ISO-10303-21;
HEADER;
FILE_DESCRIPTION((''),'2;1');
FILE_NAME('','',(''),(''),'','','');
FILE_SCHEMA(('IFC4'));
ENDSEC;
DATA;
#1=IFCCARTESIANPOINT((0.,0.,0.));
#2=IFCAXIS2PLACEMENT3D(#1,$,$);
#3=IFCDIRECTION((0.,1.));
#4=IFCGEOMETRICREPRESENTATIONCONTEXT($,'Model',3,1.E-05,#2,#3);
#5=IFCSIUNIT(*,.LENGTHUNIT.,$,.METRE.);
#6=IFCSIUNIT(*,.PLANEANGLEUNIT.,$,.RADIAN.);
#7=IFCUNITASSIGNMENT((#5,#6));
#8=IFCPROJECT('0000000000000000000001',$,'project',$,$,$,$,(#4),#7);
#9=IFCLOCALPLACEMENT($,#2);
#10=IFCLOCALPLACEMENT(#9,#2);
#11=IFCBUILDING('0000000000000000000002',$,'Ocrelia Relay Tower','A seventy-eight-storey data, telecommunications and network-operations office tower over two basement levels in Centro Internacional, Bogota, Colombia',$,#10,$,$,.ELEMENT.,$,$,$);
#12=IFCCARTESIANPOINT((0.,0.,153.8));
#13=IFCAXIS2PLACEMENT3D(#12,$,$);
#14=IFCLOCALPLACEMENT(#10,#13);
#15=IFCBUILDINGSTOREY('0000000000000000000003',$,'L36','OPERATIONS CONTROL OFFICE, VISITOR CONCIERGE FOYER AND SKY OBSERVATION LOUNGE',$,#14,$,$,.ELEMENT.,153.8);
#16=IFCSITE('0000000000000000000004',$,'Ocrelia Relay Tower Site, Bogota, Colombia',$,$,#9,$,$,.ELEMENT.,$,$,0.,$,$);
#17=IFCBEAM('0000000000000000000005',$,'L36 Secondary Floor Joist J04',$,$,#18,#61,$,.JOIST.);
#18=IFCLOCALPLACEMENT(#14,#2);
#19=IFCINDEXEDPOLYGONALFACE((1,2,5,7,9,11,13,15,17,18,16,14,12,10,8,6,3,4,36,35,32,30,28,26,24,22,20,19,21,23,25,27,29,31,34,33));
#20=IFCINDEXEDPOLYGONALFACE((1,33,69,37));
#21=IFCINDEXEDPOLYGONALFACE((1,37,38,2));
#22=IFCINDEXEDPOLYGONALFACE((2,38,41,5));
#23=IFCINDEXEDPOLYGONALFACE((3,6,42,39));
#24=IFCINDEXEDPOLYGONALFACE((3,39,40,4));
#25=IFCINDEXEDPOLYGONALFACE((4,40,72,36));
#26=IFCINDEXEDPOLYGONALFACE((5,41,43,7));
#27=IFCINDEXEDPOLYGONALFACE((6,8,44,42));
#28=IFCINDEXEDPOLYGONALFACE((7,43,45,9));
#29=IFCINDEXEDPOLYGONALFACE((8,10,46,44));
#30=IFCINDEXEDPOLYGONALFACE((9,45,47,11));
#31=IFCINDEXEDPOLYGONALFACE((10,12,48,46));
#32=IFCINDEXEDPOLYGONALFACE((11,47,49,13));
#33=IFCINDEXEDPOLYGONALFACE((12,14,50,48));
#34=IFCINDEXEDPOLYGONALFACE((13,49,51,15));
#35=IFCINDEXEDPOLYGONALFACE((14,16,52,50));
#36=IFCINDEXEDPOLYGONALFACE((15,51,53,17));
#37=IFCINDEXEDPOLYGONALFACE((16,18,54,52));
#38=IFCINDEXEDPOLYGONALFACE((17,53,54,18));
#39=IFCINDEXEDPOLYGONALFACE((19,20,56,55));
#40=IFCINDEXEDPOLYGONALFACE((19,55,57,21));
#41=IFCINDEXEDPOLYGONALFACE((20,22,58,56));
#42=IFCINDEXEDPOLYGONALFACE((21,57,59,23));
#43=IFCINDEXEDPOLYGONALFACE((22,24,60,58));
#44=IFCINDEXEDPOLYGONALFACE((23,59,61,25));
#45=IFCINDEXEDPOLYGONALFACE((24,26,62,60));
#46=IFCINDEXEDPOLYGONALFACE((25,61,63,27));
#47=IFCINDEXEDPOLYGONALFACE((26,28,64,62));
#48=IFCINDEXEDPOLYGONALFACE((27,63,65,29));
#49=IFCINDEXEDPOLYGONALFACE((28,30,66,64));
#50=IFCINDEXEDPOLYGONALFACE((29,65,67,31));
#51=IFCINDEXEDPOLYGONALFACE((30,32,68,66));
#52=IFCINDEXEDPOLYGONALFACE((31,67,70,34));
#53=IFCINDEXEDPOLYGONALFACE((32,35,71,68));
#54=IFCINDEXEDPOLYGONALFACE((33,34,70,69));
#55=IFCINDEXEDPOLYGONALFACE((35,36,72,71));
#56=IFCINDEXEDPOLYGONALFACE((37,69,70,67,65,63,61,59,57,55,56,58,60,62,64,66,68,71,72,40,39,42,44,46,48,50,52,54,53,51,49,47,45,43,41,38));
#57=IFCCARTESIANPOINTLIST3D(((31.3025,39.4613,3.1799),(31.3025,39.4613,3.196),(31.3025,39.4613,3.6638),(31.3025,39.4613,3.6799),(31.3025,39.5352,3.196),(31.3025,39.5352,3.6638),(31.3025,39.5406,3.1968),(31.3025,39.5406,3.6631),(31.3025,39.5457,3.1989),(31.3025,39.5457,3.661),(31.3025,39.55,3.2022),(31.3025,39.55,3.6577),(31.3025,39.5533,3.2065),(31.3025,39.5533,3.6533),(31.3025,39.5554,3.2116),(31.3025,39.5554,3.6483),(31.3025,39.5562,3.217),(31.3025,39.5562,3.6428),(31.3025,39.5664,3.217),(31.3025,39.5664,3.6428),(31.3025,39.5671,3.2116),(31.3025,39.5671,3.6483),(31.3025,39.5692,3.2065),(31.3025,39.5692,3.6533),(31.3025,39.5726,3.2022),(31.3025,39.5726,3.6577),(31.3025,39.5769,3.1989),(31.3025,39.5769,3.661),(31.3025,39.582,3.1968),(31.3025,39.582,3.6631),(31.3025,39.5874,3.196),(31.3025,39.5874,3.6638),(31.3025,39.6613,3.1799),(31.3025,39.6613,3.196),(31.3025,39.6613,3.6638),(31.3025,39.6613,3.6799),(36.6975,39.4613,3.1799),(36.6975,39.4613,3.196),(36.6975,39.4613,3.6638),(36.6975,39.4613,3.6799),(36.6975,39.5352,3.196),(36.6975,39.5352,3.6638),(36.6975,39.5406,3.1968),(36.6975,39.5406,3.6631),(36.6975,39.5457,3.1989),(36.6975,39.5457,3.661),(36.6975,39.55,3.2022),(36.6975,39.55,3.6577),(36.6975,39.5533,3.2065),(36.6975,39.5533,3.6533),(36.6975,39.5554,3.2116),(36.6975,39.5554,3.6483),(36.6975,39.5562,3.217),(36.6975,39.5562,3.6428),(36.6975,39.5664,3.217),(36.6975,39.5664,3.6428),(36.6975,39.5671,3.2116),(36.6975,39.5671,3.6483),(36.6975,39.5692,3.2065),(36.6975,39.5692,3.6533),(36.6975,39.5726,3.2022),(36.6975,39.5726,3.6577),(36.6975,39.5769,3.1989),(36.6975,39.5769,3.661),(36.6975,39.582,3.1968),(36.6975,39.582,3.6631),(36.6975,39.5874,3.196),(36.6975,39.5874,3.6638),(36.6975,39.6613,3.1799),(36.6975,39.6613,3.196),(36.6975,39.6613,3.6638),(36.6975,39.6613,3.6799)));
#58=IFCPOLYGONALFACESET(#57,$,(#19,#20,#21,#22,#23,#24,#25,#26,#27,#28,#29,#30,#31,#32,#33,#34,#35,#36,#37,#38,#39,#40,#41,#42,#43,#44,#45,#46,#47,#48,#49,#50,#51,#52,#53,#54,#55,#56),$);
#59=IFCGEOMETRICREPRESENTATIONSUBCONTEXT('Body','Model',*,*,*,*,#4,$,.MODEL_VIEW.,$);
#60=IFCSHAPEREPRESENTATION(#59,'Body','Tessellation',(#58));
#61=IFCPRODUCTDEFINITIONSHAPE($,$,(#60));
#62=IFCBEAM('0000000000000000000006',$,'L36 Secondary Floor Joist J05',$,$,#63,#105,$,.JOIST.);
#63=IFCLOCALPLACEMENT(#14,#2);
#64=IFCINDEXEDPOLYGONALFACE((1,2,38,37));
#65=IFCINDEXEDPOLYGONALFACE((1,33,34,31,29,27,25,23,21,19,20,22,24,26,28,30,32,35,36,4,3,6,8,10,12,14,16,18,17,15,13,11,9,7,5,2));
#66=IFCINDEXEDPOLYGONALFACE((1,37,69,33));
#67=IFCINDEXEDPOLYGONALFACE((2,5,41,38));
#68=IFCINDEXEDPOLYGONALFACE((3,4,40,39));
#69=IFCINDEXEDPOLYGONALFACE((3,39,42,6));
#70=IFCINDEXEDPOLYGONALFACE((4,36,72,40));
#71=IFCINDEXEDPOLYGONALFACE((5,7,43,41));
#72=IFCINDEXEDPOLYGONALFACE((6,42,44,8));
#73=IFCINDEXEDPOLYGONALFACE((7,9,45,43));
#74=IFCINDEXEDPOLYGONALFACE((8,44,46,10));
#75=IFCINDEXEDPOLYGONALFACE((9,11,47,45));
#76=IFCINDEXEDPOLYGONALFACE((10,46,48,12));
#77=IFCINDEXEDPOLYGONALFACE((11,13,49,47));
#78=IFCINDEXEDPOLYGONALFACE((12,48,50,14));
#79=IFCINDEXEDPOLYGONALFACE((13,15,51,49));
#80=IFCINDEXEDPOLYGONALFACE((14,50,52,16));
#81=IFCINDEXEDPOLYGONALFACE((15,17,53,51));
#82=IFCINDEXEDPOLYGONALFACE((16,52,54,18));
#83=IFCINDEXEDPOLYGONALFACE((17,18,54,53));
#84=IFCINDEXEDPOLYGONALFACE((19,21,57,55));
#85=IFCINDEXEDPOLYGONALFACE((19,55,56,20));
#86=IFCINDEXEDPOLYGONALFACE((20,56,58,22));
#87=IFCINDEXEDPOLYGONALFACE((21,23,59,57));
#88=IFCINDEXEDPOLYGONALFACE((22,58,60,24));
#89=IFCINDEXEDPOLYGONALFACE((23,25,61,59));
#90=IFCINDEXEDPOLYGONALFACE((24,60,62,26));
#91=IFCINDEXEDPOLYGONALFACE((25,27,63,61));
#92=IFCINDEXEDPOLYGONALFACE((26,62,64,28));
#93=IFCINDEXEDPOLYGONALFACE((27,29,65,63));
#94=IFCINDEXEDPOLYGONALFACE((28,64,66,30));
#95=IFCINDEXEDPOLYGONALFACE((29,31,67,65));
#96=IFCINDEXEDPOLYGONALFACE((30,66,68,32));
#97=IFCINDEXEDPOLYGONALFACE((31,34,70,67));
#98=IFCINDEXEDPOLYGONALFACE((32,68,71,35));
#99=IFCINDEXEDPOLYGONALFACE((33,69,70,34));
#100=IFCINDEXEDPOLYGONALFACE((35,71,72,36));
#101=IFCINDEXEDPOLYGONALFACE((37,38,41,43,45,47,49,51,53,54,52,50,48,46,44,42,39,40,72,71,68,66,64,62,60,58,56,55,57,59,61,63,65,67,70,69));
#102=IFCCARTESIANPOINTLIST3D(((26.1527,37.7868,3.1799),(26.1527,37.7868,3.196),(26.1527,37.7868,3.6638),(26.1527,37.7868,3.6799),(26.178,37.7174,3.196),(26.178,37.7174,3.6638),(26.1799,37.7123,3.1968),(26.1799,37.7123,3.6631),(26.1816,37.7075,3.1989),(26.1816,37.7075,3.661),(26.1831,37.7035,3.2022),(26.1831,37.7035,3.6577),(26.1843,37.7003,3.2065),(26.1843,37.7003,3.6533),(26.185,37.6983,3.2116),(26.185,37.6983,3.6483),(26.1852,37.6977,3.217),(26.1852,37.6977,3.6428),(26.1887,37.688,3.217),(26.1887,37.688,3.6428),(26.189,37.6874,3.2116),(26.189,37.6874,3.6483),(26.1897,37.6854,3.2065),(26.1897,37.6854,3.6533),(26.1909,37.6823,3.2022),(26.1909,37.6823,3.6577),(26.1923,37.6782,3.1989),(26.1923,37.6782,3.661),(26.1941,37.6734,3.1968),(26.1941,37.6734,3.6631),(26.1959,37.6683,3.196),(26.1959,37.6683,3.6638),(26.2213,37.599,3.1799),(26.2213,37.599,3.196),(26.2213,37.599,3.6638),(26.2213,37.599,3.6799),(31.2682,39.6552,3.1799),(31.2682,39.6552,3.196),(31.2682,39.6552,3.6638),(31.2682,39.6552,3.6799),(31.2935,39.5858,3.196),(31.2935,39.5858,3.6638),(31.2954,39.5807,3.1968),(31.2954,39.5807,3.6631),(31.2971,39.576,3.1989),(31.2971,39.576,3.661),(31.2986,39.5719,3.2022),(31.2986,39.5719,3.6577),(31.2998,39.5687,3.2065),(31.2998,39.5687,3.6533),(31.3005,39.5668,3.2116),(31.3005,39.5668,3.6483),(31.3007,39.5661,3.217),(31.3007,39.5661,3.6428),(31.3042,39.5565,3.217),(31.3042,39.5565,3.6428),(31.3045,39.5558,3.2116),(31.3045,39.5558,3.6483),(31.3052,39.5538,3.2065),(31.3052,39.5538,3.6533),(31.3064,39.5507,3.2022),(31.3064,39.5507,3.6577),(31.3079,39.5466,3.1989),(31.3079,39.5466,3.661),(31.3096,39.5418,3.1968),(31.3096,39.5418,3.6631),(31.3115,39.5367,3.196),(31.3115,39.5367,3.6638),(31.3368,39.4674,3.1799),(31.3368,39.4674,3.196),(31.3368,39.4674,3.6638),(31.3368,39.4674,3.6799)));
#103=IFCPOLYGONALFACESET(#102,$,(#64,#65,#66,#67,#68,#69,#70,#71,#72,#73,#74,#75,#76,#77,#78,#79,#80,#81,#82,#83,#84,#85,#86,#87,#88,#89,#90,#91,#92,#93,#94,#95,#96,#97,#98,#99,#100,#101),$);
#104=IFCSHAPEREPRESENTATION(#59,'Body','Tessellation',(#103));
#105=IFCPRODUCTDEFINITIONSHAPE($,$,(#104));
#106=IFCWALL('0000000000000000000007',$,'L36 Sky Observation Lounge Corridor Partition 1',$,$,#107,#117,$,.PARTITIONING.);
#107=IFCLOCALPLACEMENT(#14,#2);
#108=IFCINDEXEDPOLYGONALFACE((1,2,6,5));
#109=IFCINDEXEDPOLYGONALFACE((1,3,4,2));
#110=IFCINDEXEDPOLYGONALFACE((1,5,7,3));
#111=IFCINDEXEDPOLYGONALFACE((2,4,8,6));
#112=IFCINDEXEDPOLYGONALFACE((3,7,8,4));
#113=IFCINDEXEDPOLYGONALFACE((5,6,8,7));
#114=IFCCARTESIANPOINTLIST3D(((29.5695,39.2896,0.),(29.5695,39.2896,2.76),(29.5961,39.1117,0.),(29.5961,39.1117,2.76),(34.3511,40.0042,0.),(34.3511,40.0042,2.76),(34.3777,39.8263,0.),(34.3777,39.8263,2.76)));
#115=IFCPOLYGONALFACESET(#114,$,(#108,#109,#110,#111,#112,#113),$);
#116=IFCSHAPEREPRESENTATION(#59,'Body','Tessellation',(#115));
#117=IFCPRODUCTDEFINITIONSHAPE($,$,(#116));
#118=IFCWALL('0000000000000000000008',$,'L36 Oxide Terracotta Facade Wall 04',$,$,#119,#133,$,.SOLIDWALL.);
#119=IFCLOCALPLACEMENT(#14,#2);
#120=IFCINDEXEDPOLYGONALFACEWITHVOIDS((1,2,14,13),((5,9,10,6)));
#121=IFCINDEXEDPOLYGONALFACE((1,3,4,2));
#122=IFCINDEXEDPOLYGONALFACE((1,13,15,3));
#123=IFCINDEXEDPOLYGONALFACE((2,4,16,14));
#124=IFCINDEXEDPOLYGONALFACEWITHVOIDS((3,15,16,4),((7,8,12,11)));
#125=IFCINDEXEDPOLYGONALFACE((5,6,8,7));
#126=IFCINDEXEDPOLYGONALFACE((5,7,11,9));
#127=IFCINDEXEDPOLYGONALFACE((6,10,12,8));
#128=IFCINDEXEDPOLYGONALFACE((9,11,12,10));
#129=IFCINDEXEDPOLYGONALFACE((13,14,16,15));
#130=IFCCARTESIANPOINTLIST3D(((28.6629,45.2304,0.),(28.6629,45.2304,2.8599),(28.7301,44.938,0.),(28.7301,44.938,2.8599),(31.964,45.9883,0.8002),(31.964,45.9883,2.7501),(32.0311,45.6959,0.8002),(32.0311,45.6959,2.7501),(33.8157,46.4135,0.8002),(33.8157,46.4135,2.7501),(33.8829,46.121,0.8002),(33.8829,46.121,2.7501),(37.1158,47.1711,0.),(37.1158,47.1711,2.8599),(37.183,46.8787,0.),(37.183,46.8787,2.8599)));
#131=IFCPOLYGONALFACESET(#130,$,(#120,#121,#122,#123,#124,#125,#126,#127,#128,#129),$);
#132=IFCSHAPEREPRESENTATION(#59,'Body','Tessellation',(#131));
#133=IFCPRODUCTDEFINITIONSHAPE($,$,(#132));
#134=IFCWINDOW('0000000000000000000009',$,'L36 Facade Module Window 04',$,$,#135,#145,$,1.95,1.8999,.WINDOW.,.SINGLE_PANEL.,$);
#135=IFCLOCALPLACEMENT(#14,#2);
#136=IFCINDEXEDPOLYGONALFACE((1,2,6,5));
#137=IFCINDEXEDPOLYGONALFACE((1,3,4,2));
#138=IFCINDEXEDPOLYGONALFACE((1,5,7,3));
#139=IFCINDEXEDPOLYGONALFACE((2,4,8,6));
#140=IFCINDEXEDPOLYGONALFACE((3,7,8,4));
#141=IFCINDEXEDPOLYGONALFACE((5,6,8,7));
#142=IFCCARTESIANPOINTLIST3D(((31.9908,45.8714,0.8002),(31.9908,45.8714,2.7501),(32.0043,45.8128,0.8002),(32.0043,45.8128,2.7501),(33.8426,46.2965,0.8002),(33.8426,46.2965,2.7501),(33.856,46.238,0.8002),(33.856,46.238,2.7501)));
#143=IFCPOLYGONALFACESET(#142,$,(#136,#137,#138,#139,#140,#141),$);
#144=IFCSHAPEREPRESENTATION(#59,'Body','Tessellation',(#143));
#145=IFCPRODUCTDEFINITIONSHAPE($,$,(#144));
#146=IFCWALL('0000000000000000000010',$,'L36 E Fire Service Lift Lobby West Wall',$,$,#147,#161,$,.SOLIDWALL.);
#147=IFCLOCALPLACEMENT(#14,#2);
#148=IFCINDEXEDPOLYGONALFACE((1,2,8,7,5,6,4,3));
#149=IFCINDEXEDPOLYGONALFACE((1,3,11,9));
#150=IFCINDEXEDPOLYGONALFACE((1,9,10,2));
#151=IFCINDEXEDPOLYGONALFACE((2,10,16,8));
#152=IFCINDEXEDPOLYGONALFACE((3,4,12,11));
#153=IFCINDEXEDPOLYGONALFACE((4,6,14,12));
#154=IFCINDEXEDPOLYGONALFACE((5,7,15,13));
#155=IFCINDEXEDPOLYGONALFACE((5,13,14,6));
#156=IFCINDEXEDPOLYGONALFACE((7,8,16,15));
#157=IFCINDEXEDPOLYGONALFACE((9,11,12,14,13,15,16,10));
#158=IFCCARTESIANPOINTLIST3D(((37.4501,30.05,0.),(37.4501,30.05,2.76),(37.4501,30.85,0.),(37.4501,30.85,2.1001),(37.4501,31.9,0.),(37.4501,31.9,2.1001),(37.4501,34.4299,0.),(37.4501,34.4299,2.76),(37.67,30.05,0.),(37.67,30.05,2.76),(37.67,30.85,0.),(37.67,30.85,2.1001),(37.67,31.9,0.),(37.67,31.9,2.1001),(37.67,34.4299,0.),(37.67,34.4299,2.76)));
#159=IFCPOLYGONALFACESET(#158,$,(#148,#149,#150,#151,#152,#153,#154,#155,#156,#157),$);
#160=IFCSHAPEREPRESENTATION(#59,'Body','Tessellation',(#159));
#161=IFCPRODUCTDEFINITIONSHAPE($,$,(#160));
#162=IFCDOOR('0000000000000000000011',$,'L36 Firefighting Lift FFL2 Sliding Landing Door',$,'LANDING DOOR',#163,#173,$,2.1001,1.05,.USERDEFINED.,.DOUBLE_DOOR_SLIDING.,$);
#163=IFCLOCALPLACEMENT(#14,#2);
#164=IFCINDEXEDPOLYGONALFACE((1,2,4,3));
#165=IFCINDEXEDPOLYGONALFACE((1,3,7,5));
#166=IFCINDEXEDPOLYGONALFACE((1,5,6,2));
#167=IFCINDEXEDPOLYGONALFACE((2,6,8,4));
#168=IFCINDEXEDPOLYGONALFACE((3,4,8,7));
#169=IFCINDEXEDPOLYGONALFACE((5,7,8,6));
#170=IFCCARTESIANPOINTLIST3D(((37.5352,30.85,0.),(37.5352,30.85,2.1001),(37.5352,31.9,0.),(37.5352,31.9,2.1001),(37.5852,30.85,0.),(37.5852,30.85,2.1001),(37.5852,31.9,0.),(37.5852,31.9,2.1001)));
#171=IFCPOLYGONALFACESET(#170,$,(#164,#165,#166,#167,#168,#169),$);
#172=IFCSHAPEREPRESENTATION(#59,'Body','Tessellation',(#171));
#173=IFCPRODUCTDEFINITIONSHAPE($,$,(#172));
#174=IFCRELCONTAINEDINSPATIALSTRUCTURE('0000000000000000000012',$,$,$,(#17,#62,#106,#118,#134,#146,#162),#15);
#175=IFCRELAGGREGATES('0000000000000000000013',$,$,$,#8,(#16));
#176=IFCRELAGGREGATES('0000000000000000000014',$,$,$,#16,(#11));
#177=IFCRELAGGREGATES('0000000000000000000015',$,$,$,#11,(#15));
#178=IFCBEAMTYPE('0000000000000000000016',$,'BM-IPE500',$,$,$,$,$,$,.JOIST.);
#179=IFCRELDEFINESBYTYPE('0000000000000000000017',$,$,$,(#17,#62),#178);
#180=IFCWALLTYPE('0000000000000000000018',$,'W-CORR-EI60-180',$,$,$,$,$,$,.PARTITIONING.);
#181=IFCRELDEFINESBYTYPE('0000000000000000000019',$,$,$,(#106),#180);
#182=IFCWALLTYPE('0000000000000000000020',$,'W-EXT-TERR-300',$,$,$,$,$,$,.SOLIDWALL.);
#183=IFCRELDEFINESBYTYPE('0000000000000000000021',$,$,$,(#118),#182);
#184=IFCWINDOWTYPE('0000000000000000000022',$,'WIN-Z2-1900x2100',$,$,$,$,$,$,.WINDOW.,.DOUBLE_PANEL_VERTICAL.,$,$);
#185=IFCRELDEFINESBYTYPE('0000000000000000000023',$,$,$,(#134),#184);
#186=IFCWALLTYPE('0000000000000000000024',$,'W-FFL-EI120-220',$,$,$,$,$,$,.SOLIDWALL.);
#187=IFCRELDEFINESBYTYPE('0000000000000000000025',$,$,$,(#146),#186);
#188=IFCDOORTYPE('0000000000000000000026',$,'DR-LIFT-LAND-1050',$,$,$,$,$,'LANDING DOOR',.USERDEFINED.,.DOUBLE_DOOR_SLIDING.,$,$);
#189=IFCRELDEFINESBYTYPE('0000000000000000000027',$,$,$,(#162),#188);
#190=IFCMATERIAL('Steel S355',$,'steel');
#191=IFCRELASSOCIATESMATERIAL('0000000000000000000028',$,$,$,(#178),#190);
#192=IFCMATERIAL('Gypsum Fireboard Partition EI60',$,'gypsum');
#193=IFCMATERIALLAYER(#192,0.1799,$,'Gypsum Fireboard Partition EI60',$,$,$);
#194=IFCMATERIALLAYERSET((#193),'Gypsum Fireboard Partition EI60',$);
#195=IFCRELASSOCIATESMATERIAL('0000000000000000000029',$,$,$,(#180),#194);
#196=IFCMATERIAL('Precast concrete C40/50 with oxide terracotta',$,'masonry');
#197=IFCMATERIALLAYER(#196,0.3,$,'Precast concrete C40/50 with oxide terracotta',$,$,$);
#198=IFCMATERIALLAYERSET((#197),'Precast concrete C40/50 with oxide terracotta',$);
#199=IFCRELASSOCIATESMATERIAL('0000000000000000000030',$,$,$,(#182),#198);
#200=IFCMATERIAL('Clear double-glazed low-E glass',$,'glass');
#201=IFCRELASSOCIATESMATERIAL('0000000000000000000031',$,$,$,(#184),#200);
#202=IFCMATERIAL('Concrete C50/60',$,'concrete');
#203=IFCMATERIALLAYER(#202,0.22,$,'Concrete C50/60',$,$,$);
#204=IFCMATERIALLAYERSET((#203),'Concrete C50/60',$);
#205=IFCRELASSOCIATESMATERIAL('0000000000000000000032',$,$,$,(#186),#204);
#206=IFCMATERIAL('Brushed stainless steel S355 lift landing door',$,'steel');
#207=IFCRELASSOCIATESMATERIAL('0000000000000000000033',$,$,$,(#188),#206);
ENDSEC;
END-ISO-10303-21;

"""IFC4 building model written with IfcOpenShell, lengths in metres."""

from ifc_helpers import new_model, si_unit, direction, frame, frame_2d, origin, origin_2d, place, context, subcontext, project, spatial, rectangle, i_section, extrude, material, layer, layer_set, material_profile, profile_set, type_object, element, fill, save


model = new_model("IFC4")

# Units and contexts
model_context = context("Model", 3, precision=1e-05, world=origin(), true_north=direction((0.0, 1.0)))
body_context = subcontext(model_context, "Body", "Model", "MODEL_VIEW")
ifc_project = project(units=[si_unit("LENGTHUNIT", "METRE"), si_unit("PLANEANGLEUNIT", "RADIAN")], contexts=[model_context])

# Site, building, storey
site_placement = place(None, origin())
site = spatial("IfcSite", under=ifc_project, at=site_placement, Name="Ocrelia Relay Tower Site, Bogota, Colombia", CompositionType="ELEMENT", RefElevation=0.0)
building_placement = place(site_placement, origin())
building = spatial("IfcBuilding", under=site, at=building_placement, Name="Ocrelia Relay Tower", Description="A seventy-eight-storey data, telecommunications and network-operations office tower over two basement levels in Centro Internacional, Bogota, Colombia", CompositionType="ELEMENT")
storey_placement = place(building_placement, frame((0.0, 0.0, 153.8)))
storey = spatial("IfcBuildingStorey", under=building, at=storey_placement, Name="L36", Description="OPERATIONS CONTROL OFFICE, VISITOR CONCIERGE FOYER AND SKY OBSERVATION LOUNGE", CompositionType="ELEMENT", Elevation=153.8)

# Beams
ifc_material_1 = material(Name="Steel S355", Category="steel")
ifc_material_profile = material_profile(ifc_material_1, i_section(OverallWidth=0.2, OverallDepth=0.5, WebThickness=0.0103, FlangeThickness=0.0161, FilletRadius=0.021, at=origin_2d()), Name="IPE 500")
ifc_profile_set = profile_set([ifc_material_profile], Name="Steel S355")
beam_type = type_object("IfcBeamType", Name="BM-IPE500", PredefinedType="JOIST", material=ifc_profile_set)
beam_1_placement = place(storey_placement, frame((36.6975, 39.5613, 3.4299), z_axis=(-1.0, 0.0, 0.0), x_axis=(0.0, -1.0, 0.0)))
element("IfcBeam", 1, at=beam_1_placement, inside=storey, type_object=beam_type, Name="L36 Secondary Floor Joist J04", PredefinedType="JOIST", context=body_context, shape_type="SweptSolid", body=[
    extrude(i_section(OverallWidth=0.2, OverallDepth=0.5, WebThickness=0.0103, FlangeThickness=0.0161, FilletRadius=0.021, at=origin_2d()), origin(), (0.0, 0.0, 1.0), 5.395),
])
beam_2_placement = place(storey_placement, frame((31.3025, 39.5613, 3.4299), z_axis=(-0.939307, -0.343078, 0.0), x_axis=(0.343078, -0.939307, 0.0)))
element("IfcBeam", 2, at=beam_2_placement, inside=storey, type_object=beam_type, Name="L36 Secondary Floor Joist J05", PredefinedType="JOIST", context=body_context, shape_type="SweptSolid", body=[
    extrude(i_section(OverallWidth=0.2, OverallDepth=0.5, WebThickness=0.0103, FlangeThickness=0.0161, FilletRadius=0.021, at=origin_2d()), origin(), (0.0, 0.0, 1.0), 5.446),
])

# Shared definitions
ifc_material_2 = material(Name="Gypsum Fireboard Partition EI60", Category="gypsum")
ifc_layer_1 = layer(ifc_material_2, 0.1799, Name="Gypsum Fireboard Partition EI60")
ifc_layer_set_1 = layer_set([ifc_layer_1], Name="Gypsum Fireboard Partition EI60")
wall_type_1 = type_object("IfcWallType", Name="W-CORR-EI60-180", PredefinedType="PARTITIONING", material=ifc_layer_set_1)

# Wall
wall_1_placement = place(storey_placement, frame((34.3645, 39.9153, 0.0), z_axis=(0.0, 0.0, 1.0), x_axis=(-0.989016, -0.14781, 0.0)))
element("IfcWall", 3, at=wall_1_placement, inside=storey, type_object=wall_type_1, Name="L36 Sky Observation Lounge Corridor Partition 1", PredefinedType="PARTITIONING", context=body_context, shape_type="SweptSolid", body=[
    extrude(rectangle(XDim=4.8347, YDim=0.1799, at=frame_2d((2.4175, 0.0))), origin(), (0.0, 0.0, 1.0), 2.76),
])

# Wall, opening, window
ifc_material_3 = material(Name="Precast concrete C40/50 with oxide terracotta", Category="masonry")
ifc_layer_2 = layer(ifc_material_3, 0.3, Name="Precast concrete C40/50 with oxide terracotta")
ifc_layer_set_2 = layer_set([ifc_layer_2], Name="Precast concrete C40/50 with oxide terracotta")
wall_type_2 = type_object("IfcWallType", Name="W-EXT-TERR-300", PredefinedType="SOLIDWALL", material=ifc_layer_set_2)
wall_2_placement = place(storey_placement, frame((37.1494, 47.0249, 0.0), z_axis=(0.0, 0.0, 1.0), x_axis=(-0.974643, -0.223766, 0.0)))
wall_2 = element("IfcWall", 4, at=wall_2_placement, inside=storey, type_object=wall_type_2, Name="L36 Oxide Terracotta Facade Wall 04", PredefinedType="SOLIDWALL", context=body_context, shape_type="SweptSolid", body=[
    extrude(rectangle(XDim=8.6729, YDim=0.3, at=frame_2d((4.3364, 0.0))), origin(), (0.0, 0.0, 1.0), 2.8599),
])
opening_1_placement = place(wall_2_placement, frame((3.386, 0.0, 0.8)))
opening_1 = element("IfcOpeningElement", 5, at=opening_1_placement, cuts=wall_2, PredefinedType="OPENING", context=body_context, shape_type="SweptSolid", body=[
    extrude(rectangle(XDim=1.8999, YDim=1.95, at=frame_2d((0.95, 0.9751))), frame((0.0, 0.1602, 0.0), z_axis=(0.0, -1.0, 0.0), x_axis=(1.0, 0.0, 0.0)), (0.0, 0.0, 1.0), 0.3201),
])
ifc_material_4 = material(Name="Clear double-glazed low-E glass", Category="glass")
window_type = type_object("IfcWindowType", Name="WIN-Z2-1900x2100", PartitioningType="DOUBLE_PANEL_VERTICAL", PredefinedType="WINDOW", material=ifc_material_4)
window_placement = place(opening_1_placement, origin())
window = element("IfcWindow", 6, at=window_placement, inside=storey, type_object=window_type, Name="L36 Facade Module Window 04", OverallHeight=1.95, OverallWidth=1.8999, PartitioningType="SINGLE_PANEL", PredefinedType="WINDOW", context=body_context, shape_type="SweptSolid", body=[
    extrude(rectangle(XDim=1.8999, YDim=1.95, at=frame_2d((0.95, 0.9751))), frame((0.0, 0.03, 0.0), z_axis=(0.0, -1.0, 0.0), x_axis=(1.0, 0.0, 0.0)), (0.0, 0.0, 1.0), 0.0601),
])
fill(opening_1, window)

# Wall, opening, door
ifc_material_5 = material(Name="Concrete C50/60", Category="concrete")
ifc_layer_3 = layer(ifc_material_5, 0.22, Name="Concrete C50/60")
ifc_layer_set_3 = layer_set([ifc_layer_3], Name="Concrete C50/60")
wall_type_3 = type_object("IfcWallType", Name="W-FFL-EI120-220", PredefinedType="SOLIDWALL", material=ifc_layer_set_3)
wall_3_placement = place(storey_placement, frame((37.5601, 30.05, 0.0), z_axis=(0.0, 0.0, 1.0), x_axis=(0.0, 1.0, 0.0)))
wall_3 = element("IfcWall", 7, at=wall_3_placement, inside=storey, type_object=wall_type_3, Name="L36 E Fire Service Lift Lobby West Wall", PredefinedType="SOLIDWALL", context=body_context, shape_type="SweptSolid", body=[
    extrude(rectangle(XDim=4.3799, YDim=0.22, at=frame_2d((2.1899, 0.0))), origin(), (0.0, 0.0, 1.0), 2.76),
])
opening_2_placement = place(wall_3_placement, frame((0.8, 0.0, 0.0)))
opening_2 = element("IfcOpeningElement", 8, at=opening_2_placement, cuts=wall_3, PredefinedType="OPENING", context=body_context, shape_type="SweptSolid", body=[
    extrude(rectangle(XDim=1.05, YDim=2.1001, at=frame_2d((0.5249, 1.05))), frame((0.0, 0.1201, 0.0), z_axis=(0.0, -1.0, 0.0), x_axis=(1.0, 0.0, 0.0)), (0.0, 0.0, 1.0), 0.24),
])
ifc_material_6 = material(Name="Brushed stainless steel S355 lift landing door", Category="steel")
door_type_1 = type_object("IfcDoorType", Name="DR-LIFT-LAND-1050", ElementType="LANDING DOOR", OperationType="DOUBLE_DOOR_SLIDING", PredefinedType="USERDEFINED", material=ifc_material_6)
door_1_placement = place(opening_2_placement, origin())
door_1 = element("IfcDoor", 9, at=door_1_placement, inside=storey, type_object=door_type_1, Name="L36 Firefighting Lift FFL2 Sliding Landing Door", ObjectType="LANDING DOOR", OperationType="DOUBLE_DOOR_SLIDING", OverallHeight=2.1001, OverallWidth=1.05, PredefinedType="USERDEFINED", context=body_context, shape_type="SweptSolid", body=[
    extrude(rectangle(XDim=1.05, YDim=2.1001, at=frame_2d((0.5249, 1.05))), frame((0.0, 0.0249, 0.0), z_axis=(0.0, -1.0, 0.0), x_axis=(1.0, 0.0, 0.0)), (0.0, 0.0, 1.0), 0.05),
])
fill(opening_2, door_1)

save(model, "model.ifc")
